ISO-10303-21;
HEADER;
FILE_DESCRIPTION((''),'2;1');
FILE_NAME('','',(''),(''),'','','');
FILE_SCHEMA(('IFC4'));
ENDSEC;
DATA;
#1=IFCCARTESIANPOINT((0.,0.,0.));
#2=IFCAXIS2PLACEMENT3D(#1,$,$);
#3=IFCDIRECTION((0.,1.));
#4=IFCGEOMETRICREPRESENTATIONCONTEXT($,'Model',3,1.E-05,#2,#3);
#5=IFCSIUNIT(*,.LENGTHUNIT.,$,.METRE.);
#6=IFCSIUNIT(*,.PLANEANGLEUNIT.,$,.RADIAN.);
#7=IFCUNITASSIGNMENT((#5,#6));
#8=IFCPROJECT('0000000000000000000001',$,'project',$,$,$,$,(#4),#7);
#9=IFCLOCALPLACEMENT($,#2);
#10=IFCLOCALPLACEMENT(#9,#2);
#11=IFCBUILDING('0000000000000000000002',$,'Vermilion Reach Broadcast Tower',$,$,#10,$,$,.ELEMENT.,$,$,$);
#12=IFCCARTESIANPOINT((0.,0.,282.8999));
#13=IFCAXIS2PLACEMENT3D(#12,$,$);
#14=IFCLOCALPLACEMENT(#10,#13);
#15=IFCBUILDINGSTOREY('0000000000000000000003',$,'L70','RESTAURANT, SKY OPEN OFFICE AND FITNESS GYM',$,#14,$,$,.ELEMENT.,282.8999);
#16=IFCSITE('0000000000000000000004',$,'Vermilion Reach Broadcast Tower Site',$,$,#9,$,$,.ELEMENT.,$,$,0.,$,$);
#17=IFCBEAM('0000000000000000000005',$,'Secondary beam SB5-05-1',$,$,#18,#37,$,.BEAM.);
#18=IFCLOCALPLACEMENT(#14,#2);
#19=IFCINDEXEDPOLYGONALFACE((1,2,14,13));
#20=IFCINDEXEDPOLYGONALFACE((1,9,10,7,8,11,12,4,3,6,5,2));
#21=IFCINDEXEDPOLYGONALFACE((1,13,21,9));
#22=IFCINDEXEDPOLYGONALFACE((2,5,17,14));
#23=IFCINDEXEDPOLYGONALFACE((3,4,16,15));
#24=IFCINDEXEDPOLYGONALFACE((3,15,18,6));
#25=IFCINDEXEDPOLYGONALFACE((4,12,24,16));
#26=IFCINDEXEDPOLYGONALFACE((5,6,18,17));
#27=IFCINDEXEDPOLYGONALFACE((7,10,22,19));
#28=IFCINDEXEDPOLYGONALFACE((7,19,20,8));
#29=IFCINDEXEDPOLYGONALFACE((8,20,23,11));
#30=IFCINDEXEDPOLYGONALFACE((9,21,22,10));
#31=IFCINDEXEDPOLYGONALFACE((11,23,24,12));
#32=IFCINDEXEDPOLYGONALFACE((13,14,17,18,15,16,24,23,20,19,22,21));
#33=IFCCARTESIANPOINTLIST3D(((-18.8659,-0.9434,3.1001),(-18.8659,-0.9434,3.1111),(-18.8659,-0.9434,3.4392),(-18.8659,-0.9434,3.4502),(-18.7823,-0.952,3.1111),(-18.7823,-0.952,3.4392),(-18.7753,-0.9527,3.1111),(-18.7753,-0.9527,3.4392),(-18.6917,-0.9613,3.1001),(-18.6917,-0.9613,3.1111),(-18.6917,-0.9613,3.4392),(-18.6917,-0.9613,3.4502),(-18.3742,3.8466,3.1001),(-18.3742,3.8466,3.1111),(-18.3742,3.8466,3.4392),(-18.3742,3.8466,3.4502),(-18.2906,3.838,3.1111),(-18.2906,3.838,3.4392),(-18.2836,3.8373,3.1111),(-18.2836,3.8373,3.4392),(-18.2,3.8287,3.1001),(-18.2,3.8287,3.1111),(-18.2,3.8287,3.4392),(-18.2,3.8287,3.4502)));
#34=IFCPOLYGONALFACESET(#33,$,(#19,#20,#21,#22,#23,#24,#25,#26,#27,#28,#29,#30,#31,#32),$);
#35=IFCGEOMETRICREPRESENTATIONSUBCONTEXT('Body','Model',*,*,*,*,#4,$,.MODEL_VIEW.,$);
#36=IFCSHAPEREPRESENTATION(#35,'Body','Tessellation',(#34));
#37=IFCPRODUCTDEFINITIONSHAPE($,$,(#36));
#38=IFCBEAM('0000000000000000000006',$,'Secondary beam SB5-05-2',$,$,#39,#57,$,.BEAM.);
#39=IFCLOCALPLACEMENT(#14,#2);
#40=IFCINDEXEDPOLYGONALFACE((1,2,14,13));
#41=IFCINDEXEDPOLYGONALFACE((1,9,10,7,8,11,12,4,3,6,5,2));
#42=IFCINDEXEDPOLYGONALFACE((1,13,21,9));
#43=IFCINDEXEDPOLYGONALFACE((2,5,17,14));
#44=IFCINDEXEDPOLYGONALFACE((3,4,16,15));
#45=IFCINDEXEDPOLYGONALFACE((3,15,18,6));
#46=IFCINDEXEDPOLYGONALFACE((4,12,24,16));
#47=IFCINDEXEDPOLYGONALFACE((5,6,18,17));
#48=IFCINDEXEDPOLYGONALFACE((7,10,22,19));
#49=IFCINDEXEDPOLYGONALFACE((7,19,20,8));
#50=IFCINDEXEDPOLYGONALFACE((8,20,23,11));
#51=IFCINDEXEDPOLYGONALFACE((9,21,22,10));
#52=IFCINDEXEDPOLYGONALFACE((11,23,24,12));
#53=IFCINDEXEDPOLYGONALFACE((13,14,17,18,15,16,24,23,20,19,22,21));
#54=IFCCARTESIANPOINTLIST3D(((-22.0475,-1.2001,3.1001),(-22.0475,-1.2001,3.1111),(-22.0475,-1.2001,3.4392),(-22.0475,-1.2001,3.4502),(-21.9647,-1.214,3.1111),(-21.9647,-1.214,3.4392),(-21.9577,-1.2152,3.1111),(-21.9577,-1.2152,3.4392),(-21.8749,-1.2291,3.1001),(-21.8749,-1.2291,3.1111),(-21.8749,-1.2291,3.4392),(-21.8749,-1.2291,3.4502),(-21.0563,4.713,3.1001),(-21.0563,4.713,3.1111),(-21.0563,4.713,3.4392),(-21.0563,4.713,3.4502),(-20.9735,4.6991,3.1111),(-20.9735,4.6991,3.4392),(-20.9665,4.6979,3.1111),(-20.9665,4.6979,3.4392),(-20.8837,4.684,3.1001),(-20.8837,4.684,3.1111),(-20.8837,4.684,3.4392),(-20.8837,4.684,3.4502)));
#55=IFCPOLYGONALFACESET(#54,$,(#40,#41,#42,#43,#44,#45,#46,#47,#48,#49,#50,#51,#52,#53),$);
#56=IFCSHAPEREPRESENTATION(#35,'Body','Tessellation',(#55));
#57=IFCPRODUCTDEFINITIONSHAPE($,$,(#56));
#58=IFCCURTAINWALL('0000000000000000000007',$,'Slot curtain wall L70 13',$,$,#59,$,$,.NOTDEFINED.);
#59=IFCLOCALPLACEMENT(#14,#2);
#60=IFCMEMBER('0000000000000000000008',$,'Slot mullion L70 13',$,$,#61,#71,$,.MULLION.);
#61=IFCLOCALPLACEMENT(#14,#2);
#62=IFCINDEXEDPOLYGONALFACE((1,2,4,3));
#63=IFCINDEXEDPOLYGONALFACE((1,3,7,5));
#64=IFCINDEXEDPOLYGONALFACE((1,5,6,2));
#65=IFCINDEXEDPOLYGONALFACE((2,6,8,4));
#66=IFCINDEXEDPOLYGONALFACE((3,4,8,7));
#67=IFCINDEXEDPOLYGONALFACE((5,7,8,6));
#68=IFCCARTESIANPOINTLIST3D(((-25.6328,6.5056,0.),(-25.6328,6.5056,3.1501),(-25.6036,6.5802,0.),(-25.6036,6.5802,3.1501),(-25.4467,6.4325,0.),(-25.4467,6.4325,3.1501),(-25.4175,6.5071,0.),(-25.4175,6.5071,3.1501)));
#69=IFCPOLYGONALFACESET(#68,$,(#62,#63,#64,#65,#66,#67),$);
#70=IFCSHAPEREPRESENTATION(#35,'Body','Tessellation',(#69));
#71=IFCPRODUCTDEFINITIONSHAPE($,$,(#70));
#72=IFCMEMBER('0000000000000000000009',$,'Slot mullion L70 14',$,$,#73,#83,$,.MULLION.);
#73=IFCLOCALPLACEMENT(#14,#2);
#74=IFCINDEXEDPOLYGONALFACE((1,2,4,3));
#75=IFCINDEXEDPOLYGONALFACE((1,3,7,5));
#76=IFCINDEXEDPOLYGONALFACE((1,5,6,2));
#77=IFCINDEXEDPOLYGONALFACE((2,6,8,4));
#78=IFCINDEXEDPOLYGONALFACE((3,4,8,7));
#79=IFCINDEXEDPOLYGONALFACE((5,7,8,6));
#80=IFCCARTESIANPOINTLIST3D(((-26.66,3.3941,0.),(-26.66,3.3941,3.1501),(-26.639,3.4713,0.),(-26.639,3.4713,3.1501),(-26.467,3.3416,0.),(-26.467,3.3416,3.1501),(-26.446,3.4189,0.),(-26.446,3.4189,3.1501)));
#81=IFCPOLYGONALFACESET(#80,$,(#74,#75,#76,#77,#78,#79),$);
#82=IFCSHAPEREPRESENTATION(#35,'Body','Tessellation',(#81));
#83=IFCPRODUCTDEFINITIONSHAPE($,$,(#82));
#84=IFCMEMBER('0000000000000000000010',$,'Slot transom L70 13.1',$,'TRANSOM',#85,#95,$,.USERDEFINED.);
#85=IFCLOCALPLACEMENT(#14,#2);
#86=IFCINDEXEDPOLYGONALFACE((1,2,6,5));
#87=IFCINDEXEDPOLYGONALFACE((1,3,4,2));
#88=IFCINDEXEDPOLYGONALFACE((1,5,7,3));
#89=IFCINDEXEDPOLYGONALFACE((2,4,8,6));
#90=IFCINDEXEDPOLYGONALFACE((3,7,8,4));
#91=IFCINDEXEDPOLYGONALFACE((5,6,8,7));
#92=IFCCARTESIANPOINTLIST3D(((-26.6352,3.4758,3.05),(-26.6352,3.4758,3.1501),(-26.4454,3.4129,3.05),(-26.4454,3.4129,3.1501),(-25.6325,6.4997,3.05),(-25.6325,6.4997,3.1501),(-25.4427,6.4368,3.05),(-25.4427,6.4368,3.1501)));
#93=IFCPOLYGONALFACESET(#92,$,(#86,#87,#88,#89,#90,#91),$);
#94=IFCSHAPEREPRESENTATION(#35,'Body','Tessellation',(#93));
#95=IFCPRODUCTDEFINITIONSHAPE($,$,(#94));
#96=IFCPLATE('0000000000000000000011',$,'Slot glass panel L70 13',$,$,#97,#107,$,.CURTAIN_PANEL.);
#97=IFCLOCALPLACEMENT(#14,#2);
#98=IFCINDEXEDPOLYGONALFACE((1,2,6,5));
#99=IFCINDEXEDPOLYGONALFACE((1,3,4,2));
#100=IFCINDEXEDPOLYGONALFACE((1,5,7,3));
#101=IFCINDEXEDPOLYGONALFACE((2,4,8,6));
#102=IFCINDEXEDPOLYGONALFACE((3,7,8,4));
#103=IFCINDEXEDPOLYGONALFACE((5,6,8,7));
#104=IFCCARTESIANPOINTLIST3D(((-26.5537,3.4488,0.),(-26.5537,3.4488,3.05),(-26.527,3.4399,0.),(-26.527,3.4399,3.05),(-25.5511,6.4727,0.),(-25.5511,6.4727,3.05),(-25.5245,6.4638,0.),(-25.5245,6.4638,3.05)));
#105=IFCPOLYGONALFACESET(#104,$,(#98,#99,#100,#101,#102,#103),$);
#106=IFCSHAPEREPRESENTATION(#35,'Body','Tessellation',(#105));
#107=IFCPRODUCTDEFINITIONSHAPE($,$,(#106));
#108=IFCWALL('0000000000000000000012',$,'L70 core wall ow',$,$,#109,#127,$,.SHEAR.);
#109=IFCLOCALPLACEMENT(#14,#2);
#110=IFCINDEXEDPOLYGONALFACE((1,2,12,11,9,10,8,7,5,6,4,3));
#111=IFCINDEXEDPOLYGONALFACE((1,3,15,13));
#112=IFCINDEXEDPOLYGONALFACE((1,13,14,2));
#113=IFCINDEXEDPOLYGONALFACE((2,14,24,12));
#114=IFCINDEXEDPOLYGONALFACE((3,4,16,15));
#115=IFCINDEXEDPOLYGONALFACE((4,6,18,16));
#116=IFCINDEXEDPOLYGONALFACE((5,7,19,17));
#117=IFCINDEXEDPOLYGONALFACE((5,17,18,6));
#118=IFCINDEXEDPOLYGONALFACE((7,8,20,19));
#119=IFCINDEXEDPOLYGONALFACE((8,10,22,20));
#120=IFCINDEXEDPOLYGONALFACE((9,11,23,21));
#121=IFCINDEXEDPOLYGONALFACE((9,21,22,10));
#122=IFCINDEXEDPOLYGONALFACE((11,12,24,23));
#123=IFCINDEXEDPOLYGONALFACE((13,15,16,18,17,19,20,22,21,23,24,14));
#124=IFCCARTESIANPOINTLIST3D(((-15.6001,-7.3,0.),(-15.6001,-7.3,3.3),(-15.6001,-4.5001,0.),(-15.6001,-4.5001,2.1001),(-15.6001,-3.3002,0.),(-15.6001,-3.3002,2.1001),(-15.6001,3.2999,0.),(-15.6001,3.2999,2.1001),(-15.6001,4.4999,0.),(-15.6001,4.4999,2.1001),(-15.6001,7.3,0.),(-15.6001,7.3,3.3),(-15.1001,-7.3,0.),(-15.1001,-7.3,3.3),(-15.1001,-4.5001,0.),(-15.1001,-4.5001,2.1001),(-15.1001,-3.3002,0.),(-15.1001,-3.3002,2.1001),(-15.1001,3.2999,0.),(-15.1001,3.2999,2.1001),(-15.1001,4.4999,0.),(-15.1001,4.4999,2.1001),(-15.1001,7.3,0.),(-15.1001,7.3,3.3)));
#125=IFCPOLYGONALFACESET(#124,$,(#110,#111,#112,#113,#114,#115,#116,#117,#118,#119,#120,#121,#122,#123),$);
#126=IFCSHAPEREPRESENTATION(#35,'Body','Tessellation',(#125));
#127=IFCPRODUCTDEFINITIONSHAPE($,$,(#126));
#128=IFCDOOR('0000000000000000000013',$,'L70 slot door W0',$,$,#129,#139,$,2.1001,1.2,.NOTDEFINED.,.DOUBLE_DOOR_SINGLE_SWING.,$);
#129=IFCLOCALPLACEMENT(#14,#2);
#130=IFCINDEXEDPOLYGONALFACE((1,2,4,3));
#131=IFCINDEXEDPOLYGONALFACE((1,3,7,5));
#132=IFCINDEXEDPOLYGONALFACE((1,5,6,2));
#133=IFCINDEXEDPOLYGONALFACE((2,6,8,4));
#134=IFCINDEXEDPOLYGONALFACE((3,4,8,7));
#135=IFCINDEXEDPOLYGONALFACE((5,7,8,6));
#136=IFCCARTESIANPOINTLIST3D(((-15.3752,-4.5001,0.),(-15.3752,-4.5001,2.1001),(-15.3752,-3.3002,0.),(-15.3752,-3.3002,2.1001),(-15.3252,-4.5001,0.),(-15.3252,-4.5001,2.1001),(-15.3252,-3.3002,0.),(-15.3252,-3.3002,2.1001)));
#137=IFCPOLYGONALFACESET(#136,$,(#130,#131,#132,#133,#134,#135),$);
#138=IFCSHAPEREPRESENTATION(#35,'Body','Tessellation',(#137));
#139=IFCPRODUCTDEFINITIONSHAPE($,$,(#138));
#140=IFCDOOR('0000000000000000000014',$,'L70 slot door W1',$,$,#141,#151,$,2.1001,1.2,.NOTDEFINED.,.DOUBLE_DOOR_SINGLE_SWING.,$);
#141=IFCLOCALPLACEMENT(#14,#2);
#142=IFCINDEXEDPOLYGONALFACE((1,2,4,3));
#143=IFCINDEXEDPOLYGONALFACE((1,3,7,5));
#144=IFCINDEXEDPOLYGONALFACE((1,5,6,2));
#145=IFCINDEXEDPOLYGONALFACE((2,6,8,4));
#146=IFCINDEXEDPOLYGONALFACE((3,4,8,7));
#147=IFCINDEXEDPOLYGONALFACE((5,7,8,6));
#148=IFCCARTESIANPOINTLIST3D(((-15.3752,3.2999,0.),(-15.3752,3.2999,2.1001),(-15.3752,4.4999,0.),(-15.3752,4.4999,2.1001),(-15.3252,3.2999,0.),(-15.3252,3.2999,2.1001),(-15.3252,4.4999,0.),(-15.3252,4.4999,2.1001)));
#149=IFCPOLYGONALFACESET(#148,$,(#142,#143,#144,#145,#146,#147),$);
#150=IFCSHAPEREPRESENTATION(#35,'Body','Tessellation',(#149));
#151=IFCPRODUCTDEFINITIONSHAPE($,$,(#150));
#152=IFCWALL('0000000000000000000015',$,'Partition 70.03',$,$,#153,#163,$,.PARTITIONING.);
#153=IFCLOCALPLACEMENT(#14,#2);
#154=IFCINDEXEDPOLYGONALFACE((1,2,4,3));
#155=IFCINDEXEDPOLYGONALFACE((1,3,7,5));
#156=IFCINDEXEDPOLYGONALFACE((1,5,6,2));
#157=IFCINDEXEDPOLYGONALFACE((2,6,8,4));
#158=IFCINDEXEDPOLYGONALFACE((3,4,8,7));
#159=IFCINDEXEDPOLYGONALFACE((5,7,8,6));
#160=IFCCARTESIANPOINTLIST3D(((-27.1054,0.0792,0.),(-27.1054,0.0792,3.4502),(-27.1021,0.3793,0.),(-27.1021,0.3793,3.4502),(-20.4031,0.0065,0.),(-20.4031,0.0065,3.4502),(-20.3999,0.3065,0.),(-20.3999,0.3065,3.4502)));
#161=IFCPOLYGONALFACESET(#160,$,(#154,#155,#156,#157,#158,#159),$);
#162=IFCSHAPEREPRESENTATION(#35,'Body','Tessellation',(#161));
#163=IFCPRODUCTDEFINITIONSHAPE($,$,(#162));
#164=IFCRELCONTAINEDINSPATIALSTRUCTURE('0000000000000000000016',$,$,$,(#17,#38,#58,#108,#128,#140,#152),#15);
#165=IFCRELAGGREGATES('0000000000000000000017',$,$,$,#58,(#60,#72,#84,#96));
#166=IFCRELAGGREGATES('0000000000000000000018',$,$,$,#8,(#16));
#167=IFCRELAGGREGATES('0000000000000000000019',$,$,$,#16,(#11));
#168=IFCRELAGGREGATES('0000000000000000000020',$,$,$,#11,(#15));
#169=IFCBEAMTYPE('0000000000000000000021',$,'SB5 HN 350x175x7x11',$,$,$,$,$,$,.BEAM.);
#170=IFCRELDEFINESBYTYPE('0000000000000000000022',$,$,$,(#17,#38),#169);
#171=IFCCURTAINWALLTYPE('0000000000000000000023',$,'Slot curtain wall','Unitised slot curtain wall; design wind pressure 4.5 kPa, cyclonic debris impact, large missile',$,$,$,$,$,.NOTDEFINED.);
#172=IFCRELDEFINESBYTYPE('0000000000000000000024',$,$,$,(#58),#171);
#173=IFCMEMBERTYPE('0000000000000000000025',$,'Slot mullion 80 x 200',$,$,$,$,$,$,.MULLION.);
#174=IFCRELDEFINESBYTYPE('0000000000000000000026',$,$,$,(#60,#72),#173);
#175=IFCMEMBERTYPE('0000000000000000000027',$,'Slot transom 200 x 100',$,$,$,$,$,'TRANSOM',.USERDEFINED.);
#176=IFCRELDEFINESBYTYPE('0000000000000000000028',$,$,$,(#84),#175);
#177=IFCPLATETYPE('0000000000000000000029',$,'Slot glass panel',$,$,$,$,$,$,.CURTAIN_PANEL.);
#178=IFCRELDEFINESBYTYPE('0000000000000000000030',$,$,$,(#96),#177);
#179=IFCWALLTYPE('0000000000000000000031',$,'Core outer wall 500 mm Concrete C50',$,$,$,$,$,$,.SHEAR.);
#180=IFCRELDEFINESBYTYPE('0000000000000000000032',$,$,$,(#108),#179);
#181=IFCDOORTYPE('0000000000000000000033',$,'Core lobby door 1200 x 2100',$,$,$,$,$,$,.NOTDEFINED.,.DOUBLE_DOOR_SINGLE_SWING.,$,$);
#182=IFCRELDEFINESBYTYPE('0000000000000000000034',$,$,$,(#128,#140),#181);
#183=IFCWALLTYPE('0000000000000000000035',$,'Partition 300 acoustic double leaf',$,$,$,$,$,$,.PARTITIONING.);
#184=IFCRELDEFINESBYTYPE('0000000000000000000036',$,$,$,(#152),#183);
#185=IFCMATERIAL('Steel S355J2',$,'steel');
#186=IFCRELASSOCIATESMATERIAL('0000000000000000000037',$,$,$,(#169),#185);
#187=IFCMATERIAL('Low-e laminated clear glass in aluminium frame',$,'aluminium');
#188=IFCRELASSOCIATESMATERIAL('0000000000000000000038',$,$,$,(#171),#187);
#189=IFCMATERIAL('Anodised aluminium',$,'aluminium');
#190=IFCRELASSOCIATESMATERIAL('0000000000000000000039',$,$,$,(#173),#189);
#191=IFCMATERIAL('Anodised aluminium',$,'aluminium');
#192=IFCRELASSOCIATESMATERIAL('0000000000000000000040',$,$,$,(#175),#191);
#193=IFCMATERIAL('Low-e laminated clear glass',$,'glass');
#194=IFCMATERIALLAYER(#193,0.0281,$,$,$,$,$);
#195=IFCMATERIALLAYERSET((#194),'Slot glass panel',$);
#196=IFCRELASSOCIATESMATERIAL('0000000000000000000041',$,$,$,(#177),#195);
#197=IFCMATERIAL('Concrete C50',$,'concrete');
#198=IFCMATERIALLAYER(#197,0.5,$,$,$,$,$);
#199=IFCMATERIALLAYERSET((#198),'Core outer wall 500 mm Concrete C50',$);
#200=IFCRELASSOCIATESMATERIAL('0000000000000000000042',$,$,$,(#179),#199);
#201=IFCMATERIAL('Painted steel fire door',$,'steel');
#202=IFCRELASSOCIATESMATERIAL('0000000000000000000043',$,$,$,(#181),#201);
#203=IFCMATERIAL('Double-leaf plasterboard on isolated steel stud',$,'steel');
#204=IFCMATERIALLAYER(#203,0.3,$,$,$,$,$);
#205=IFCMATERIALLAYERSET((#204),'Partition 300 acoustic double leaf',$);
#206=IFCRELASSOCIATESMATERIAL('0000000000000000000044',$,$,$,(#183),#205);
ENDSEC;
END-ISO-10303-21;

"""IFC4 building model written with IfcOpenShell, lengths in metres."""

from ifc_helpers import new_model, si_unit, direction, frame, frame_2d, origin, origin_2d, place, context, subcontext, project, spatial, rectangle, i_section, extrude, material, layer, layer_set, material_profile, profile_set, type_object, element, fill, aggregate, save


model = new_model("IFC4")

# Units and contexts
model_context = context("Model", 3, precision=1e-05, world=origin(), true_north=direction((0.0, 1.0)))
body_context = subcontext(model_context, "Body", "Model", "MODEL_VIEW")
ifc_project = project(units=[si_unit("LENGTHUNIT", "METRE"), si_unit("PLANEANGLEUNIT", "RADIAN")], contexts=[model_context])

# Site, building, storey
site_placement = place(None, origin())
site = spatial("IfcSite", under=ifc_project, at=site_placement, Name="Vermilion Reach Broadcast Tower Site", CompositionType="ELEMENT", RefElevation=0.0)
building_placement = place(site_placement, origin())
building = spatial("IfcBuilding", under=site, at=building_placement, Name="Vermilion Reach Broadcast Tower", CompositionType="ELEMENT")
storey_placement = place(building_placement, frame((0.0, 0.0, 282.8999)))
storey = spatial("IfcBuildingStorey", under=building, at=storey_placement, Name="L70", Description="RESTAURANT, SKY OPEN OFFICE AND FITNESS GYM", CompositionType="ELEMENT", Elevation=282.8999)

# Beams
ifc_material_1 = material(Name="Steel S355J2", Category="steel")
ifc_material_profile_1 = material_profile(ifc_material_1, i_section(OverallWidth=0.175, OverallDepth=0.3501, WebThickness=0.0071, FlangeThickness=0.011, at=origin_2d()), Name="S355J2 HN 350x175x7x11")
ifc_profile_set_1 = profile_set([ifc_material_profile_1], Name="Steel S355J2")
beam_type_1 = type_object("IfcBeamType", Name="SB5 HN 350x175x7x11", PredefinedType="BEAM", material=ifc_profile_set_1)
beam_1_placement = place(storey_placement, frame((-18.2871, 3.8376, 3.2751), z_axis=(-0.102114, -0.994773, 0.0), x_axis=(0.994773, -0.102114, 0.0)))
element("IfcBeam", 1, at=beam_1_placement, inside=storey, type_object=beam_type_1, Name="Secondary beam SB5-05-1", PredefinedType="BEAM", context=body_context, shape_type="SweptSolid", body=[
    extrude(i_section(OverallWidth=0.175, OverallDepth=0.3501, WebThickness=0.0071, FlangeThickness=0.011, at=origin_2d()), origin(), (0.0, 0.0, 1.0), 4.8152),
])
beam_2_placement = place(storey_placement, frame((-20.97, 4.6985, 3.2751), z_axis=(-0.165323, -0.986239, 0.0), x_axis=(0.986239, -0.165323, 0.0)))
element("IfcBeam", 2, at=beam_2_placement, inside=storey, type_object=beam_type_1, Name="Secondary beam SB5-05-2", PredefinedType="BEAM", context=body_context, shape_type="SweptSolid", body=[
    extrude(i_section(OverallWidth=0.175, OverallDepth=0.3501, WebThickness=0.0071, FlangeThickness=0.011, at=origin_2d()), origin(), (0.0, 0.0, 1.0), 5.9956),
])

# Curtain wall, members, plate
ifc_material_2 = material(Name="Low-e laminated clear glass in aluminium frame", Category="aluminium")
curtain_wall_type = type_object("IfcCurtainWallType", Name="Slot curtain wall", Description="Unitised slot curtain wall; design wind pressure 4.5 kPa, cyclonic debris impact, large missile", PredefinedType="NOTDEFINED", material=ifc_material_2)
curtain_wall_placement = place(storey_placement, origin())
curtain_wall = element("IfcCurtainWall", 3, at=curtain_wall_placement, inside=storey, type_object=curtain_wall_type, Name="Slot curtain wall L70 13", PredefinedType="NOTDEFINED")
ifc_material_3 = material(Name="Anodised aluminium", Category="aluminium")
ifc_material_profile_2 = material_profile(ifc_material_3, rectangle(XDim=0.2, YDim=0.0801, at=origin_2d()), Name="Slot mullion 80 x 200")
ifc_profile_set_2 = profile_set([ifc_material_profile_2], Name="Anodised aluminium")
member_type_1 = type_object("IfcMemberType", Name="Slot mullion 80 x 200", PredefinedType="MULLION", material=ifc_profile_set_2)
member_1_placement = place(storey_placement, frame((-25.5251, 6.5063, 0.0), z_axis=(0.0, 0.0, 1.0), x_axis=(0.930839, -0.365431, 0.0)))
member_1 = element("IfcMember", 4, at=member_1_placement, type_object=member_type_1, Name="Slot mullion L70 13", PredefinedType="MULLION", context=body_context, shape_type="SweptSolid", body=[
    extrude(rectangle(XDim=0.2, YDim=0.0801, at=origin_2d()), origin(), (0.0, 0.0, 1.0), 3.1501),
])
member_2_placement = place(storey_placement, frame((-26.553, 3.4065, 0.0), z_axis=(0.0, 0.0, 1.0), x_axis=(0.965021, -0.262173, 0.0)))
member_2 = element("IfcMember", 5, at=member_2_placement, type_object=member_type_1, Name="Slot mullion L70 14", PredefinedType="MULLION", context=body_context, shape_type="SweptSolid", body=[
    extrude(rectangle(XDim=0.2, YDim=0.0801, at=origin_2d()), origin(), (0.0, 0.0, 1.0), 3.1501),
])
ifc_material_4 = material(Name="Anodised aluminium", Category="aluminium")
ifc_material_profile_3 = material_profile(ifc_material_4, rectangle(XDim=0.2, YDim=0.1001, at=origin_2d()), Name="Slot transom 200 x 100")
ifc_profile_set_3 = profile_set([ifc_material_profile_3], Name="Anodised aluminium")
member_type_2 = type_object("IfcMemberType", Name="Slot transom 200 x 100", ElementType="TRANSOM", PredefinedType="USERDEFINED", material=ifc_profile_set_3)
member_3_placement = place(storey_placement, frame((-25.5376, 6.4683, 3.1001), z_axis=(-0.314733, -0.94918, 0.0), x_axis=(0.94918, -0.314733, 0.0)))
member_3 = element("IfcMember", 6, at=member_3_placement, type_object=member_type_2, Name="Slot transom L70 13.1", ObjectType="TRANSOM", PredefinedType="USERDEFINED", context=body_context, shape_type="SweptSolid", body=[
    extrude(rectangle(XDim=0.2, YDim=0.1001, at=origin_2d()), origin(), (0.0, 0.0, 1.0), 3.1858),
])
ifc_material_5 = material(Name="Low-e laminated clear glass", Category="glass")
ifc_layer_1 = layer(ifc_material_5, 0.0281)
ifc_layer_set_1 = layer_set([ifc_layer_1], Name="Slot glass panel")
plate_type = type_object("IfcPlateType", Name="Slot glass panel", PredefinedType="CURTAIN_PANEL", material=ifc_layer_set_1)
plate_placement = place(storey_placement, frame((-26.0391, 4.9563, 0.0), z_axis=(0.0, 0.0, 1.0), x_axis=(-0.314696, -0.949193, 0.0)))
plate = element("IfcPlate", 7, at=plate_placement, type_object=plate_type, Name="Slot glass panel L70 13", PredefinedType="CURTAIN_PANEL", context=body_context, shape_type="SweptSolid", body=[
    extrude(rectangle(XDim=3.1858, YDim=0.0281, at=origin_2d()), origin(), (0.0, 0.0, 1.0), 3.05),
])
aggregate(curtain_wall, [member_1, member_2, member_3, plate])

# Wall, openings, doors
ifc_material_6 = material(Name="Concrete C50", Category="concrete")
ifc_layer_2 = layer(ifc_material_6, 0.5)
ifc_layer_set_2 = layer_set([ifc_layer_2], Name="Core outer wall 500 mm Concrete C50")
wall_type_1 = type_object("IfcWallType", Name="Core outer wall 500 mm Concrete C50", PredefinedType="SHEAR", material=ifc_layer_set_2)
wall_1_placement = place(storey_placement, frame((-15.3501, 7.3, 0.0), z_axis=(0.0, 0.0, 1.0), x_axis=(0.0, -1.0, 0.0)))
wall_1 = element("IfcWall", 8, at=wall_1_placement, inside=storey, type_object=wall_type_1, Name="L70 core wall ow", PredefinedType="SHEAR", context=body_context, shape_type="SweptSolid", body=[
    extrude(rectangle(XDim=14.6001, YDim=0.5, at=frame_2d((7.3, 0.0))), origin(), (0.0, 0.0, 1.0), 3.3),
])
opening_1_placement = place(wall_1_placement, frame((10.6001, 0.0, 0.0)))
opening_1 = element("IfcOpeningElement", 9, at=opening_1_placement, cuts=wall_1, PredefinedType="OPENING", context=body_context, shape_type="SweptSolid", body=[
    extrude(rectangle(XDim=1.2, YDim=2.1001, at=frame_2d((0.6001, 1.05))), frame((0.0, 0.26, 0.0), z_axis=(0.0, -1.0, 0.0), x_axis=(1.0, 0.0, 0.0)), (0.0, 0.0, 1.0), 0.52),
])
opening_2_placement = place(wall_1_placement, frame((2.8, 0.0, 0.0)))
opening_2 = element("IfcOpeningElement", 10, at=opening_2_placement, cuts=wall_1, PredefinedType="OPENING", context=body_context, shape_type="SweptSolid", body=[
    extrude(rectangle(XDim=1.2, YDim=2.1001, at=frame_2d((0.6001, 1.05))), frame((0.0, 0.26, 0.0), z_axis=(0.0, -1.0, 0.0), x_axis=(1.0, 0.0, 0.0)), (0.0, 0.0, 1.0), 0.52),
])
ifc_material_7 = material(Name="Painted steel fire door", Category="steel")
door_type = type_object("IfcDoorType", Name="Core lobby door 1200 x 2100", OperationType="DOUBLE_DOOR_SINGLE_SWING", PredefinedType="NOTDEFINED", material=ifc_material_7)
door_1_placement = place(opening_1_placement, origin())
door_1 = element("IfcDoor", 11, at=door_1_placement, inside=storey, type_object=door_type, Name="L70 slot door W0", OperationType="DOUBLE_DOOR_SINGLE_SWING", OverallHeight=2.1001, OverallWidth=1.2, PredefinedType="NOTDEFINED", context=body_context, shape_type="SweptSolid", body=[
    extrude(rectangle(XDim=1.2, YDim=2.1001, at=frame_2d((0.6001, 1.05))), frame((0.0, 0.0249, 0.0), z_axis=(0.0, -1.0, 0.0), x_axis=(1.0, 0.0, 0.0)), (0.0, 0.0, 1.0), 0.05),
])
fill(opening_1, door_1)
door_2_placement = place(opening_2_placement, origin())
door_2 = element("IfcDoor", 12, at=door_2_placement, inside=storey, type_object=door_type, Name="L70 slot door W1", OperationType="DOUBLE_DOOR_SINGLE_SWING", OverallHeight=2.1001, OverallWidth=1.2, PredefinedType="NOTDEFINED", context=body_context, shape_type="SweptSolid", body=[
    extrude(rectangle(XDim=1.2, YDim=2.1001, at=frame_2d((0.6001, 1.05))), frame((0.0, 0.0249, 0.0), z_axis=(0.0, -1.0, 0.0), x_axis=(1.0, 0.0, 0.0)), (0.0, 0.0, 1.0), 0.05),
])
fill(opening_2, door_2)

# Wall
ifc_material_8 = material(Name="Double-leaf plasterboard on isolated steel stud", Category="steel")
ifc_layer_3 = layer(ifc_material_8, 0.3)
ifc_layer_set_3 = layer_set([ifc_layer_3], Name="Partition 300 acoustic double leaf")
wall_type_2 = type_object("IfcWallType", Name="Partition 300 acoustic double leaf", PredefinedType="PARTITIONING", material=ifc_layer_set_3)
wall_2_placement = place(storey_placement, frame((-27.1038, 0.2292, 0.0), z_axis=(0.0, 0.0, 1.0), x_axis=(0.999941, -0.010855, 0.0)))
element("IfcWall", 13, at=wall_2_placement, inside=storey, type_object=wall_type_2, Name="Partition 70.03", PredefinedType="PARTITIONING", context=body_context, shape_type="SweptSolid", body=[
    extrude(rectangle(XDim=6.7026, YDim=0.3, at=frame_2d((3.3513, 0.0))), origin(), (0.0, 0.0, 1.0), 3.4502),
])

save(model, "model.ifc")
